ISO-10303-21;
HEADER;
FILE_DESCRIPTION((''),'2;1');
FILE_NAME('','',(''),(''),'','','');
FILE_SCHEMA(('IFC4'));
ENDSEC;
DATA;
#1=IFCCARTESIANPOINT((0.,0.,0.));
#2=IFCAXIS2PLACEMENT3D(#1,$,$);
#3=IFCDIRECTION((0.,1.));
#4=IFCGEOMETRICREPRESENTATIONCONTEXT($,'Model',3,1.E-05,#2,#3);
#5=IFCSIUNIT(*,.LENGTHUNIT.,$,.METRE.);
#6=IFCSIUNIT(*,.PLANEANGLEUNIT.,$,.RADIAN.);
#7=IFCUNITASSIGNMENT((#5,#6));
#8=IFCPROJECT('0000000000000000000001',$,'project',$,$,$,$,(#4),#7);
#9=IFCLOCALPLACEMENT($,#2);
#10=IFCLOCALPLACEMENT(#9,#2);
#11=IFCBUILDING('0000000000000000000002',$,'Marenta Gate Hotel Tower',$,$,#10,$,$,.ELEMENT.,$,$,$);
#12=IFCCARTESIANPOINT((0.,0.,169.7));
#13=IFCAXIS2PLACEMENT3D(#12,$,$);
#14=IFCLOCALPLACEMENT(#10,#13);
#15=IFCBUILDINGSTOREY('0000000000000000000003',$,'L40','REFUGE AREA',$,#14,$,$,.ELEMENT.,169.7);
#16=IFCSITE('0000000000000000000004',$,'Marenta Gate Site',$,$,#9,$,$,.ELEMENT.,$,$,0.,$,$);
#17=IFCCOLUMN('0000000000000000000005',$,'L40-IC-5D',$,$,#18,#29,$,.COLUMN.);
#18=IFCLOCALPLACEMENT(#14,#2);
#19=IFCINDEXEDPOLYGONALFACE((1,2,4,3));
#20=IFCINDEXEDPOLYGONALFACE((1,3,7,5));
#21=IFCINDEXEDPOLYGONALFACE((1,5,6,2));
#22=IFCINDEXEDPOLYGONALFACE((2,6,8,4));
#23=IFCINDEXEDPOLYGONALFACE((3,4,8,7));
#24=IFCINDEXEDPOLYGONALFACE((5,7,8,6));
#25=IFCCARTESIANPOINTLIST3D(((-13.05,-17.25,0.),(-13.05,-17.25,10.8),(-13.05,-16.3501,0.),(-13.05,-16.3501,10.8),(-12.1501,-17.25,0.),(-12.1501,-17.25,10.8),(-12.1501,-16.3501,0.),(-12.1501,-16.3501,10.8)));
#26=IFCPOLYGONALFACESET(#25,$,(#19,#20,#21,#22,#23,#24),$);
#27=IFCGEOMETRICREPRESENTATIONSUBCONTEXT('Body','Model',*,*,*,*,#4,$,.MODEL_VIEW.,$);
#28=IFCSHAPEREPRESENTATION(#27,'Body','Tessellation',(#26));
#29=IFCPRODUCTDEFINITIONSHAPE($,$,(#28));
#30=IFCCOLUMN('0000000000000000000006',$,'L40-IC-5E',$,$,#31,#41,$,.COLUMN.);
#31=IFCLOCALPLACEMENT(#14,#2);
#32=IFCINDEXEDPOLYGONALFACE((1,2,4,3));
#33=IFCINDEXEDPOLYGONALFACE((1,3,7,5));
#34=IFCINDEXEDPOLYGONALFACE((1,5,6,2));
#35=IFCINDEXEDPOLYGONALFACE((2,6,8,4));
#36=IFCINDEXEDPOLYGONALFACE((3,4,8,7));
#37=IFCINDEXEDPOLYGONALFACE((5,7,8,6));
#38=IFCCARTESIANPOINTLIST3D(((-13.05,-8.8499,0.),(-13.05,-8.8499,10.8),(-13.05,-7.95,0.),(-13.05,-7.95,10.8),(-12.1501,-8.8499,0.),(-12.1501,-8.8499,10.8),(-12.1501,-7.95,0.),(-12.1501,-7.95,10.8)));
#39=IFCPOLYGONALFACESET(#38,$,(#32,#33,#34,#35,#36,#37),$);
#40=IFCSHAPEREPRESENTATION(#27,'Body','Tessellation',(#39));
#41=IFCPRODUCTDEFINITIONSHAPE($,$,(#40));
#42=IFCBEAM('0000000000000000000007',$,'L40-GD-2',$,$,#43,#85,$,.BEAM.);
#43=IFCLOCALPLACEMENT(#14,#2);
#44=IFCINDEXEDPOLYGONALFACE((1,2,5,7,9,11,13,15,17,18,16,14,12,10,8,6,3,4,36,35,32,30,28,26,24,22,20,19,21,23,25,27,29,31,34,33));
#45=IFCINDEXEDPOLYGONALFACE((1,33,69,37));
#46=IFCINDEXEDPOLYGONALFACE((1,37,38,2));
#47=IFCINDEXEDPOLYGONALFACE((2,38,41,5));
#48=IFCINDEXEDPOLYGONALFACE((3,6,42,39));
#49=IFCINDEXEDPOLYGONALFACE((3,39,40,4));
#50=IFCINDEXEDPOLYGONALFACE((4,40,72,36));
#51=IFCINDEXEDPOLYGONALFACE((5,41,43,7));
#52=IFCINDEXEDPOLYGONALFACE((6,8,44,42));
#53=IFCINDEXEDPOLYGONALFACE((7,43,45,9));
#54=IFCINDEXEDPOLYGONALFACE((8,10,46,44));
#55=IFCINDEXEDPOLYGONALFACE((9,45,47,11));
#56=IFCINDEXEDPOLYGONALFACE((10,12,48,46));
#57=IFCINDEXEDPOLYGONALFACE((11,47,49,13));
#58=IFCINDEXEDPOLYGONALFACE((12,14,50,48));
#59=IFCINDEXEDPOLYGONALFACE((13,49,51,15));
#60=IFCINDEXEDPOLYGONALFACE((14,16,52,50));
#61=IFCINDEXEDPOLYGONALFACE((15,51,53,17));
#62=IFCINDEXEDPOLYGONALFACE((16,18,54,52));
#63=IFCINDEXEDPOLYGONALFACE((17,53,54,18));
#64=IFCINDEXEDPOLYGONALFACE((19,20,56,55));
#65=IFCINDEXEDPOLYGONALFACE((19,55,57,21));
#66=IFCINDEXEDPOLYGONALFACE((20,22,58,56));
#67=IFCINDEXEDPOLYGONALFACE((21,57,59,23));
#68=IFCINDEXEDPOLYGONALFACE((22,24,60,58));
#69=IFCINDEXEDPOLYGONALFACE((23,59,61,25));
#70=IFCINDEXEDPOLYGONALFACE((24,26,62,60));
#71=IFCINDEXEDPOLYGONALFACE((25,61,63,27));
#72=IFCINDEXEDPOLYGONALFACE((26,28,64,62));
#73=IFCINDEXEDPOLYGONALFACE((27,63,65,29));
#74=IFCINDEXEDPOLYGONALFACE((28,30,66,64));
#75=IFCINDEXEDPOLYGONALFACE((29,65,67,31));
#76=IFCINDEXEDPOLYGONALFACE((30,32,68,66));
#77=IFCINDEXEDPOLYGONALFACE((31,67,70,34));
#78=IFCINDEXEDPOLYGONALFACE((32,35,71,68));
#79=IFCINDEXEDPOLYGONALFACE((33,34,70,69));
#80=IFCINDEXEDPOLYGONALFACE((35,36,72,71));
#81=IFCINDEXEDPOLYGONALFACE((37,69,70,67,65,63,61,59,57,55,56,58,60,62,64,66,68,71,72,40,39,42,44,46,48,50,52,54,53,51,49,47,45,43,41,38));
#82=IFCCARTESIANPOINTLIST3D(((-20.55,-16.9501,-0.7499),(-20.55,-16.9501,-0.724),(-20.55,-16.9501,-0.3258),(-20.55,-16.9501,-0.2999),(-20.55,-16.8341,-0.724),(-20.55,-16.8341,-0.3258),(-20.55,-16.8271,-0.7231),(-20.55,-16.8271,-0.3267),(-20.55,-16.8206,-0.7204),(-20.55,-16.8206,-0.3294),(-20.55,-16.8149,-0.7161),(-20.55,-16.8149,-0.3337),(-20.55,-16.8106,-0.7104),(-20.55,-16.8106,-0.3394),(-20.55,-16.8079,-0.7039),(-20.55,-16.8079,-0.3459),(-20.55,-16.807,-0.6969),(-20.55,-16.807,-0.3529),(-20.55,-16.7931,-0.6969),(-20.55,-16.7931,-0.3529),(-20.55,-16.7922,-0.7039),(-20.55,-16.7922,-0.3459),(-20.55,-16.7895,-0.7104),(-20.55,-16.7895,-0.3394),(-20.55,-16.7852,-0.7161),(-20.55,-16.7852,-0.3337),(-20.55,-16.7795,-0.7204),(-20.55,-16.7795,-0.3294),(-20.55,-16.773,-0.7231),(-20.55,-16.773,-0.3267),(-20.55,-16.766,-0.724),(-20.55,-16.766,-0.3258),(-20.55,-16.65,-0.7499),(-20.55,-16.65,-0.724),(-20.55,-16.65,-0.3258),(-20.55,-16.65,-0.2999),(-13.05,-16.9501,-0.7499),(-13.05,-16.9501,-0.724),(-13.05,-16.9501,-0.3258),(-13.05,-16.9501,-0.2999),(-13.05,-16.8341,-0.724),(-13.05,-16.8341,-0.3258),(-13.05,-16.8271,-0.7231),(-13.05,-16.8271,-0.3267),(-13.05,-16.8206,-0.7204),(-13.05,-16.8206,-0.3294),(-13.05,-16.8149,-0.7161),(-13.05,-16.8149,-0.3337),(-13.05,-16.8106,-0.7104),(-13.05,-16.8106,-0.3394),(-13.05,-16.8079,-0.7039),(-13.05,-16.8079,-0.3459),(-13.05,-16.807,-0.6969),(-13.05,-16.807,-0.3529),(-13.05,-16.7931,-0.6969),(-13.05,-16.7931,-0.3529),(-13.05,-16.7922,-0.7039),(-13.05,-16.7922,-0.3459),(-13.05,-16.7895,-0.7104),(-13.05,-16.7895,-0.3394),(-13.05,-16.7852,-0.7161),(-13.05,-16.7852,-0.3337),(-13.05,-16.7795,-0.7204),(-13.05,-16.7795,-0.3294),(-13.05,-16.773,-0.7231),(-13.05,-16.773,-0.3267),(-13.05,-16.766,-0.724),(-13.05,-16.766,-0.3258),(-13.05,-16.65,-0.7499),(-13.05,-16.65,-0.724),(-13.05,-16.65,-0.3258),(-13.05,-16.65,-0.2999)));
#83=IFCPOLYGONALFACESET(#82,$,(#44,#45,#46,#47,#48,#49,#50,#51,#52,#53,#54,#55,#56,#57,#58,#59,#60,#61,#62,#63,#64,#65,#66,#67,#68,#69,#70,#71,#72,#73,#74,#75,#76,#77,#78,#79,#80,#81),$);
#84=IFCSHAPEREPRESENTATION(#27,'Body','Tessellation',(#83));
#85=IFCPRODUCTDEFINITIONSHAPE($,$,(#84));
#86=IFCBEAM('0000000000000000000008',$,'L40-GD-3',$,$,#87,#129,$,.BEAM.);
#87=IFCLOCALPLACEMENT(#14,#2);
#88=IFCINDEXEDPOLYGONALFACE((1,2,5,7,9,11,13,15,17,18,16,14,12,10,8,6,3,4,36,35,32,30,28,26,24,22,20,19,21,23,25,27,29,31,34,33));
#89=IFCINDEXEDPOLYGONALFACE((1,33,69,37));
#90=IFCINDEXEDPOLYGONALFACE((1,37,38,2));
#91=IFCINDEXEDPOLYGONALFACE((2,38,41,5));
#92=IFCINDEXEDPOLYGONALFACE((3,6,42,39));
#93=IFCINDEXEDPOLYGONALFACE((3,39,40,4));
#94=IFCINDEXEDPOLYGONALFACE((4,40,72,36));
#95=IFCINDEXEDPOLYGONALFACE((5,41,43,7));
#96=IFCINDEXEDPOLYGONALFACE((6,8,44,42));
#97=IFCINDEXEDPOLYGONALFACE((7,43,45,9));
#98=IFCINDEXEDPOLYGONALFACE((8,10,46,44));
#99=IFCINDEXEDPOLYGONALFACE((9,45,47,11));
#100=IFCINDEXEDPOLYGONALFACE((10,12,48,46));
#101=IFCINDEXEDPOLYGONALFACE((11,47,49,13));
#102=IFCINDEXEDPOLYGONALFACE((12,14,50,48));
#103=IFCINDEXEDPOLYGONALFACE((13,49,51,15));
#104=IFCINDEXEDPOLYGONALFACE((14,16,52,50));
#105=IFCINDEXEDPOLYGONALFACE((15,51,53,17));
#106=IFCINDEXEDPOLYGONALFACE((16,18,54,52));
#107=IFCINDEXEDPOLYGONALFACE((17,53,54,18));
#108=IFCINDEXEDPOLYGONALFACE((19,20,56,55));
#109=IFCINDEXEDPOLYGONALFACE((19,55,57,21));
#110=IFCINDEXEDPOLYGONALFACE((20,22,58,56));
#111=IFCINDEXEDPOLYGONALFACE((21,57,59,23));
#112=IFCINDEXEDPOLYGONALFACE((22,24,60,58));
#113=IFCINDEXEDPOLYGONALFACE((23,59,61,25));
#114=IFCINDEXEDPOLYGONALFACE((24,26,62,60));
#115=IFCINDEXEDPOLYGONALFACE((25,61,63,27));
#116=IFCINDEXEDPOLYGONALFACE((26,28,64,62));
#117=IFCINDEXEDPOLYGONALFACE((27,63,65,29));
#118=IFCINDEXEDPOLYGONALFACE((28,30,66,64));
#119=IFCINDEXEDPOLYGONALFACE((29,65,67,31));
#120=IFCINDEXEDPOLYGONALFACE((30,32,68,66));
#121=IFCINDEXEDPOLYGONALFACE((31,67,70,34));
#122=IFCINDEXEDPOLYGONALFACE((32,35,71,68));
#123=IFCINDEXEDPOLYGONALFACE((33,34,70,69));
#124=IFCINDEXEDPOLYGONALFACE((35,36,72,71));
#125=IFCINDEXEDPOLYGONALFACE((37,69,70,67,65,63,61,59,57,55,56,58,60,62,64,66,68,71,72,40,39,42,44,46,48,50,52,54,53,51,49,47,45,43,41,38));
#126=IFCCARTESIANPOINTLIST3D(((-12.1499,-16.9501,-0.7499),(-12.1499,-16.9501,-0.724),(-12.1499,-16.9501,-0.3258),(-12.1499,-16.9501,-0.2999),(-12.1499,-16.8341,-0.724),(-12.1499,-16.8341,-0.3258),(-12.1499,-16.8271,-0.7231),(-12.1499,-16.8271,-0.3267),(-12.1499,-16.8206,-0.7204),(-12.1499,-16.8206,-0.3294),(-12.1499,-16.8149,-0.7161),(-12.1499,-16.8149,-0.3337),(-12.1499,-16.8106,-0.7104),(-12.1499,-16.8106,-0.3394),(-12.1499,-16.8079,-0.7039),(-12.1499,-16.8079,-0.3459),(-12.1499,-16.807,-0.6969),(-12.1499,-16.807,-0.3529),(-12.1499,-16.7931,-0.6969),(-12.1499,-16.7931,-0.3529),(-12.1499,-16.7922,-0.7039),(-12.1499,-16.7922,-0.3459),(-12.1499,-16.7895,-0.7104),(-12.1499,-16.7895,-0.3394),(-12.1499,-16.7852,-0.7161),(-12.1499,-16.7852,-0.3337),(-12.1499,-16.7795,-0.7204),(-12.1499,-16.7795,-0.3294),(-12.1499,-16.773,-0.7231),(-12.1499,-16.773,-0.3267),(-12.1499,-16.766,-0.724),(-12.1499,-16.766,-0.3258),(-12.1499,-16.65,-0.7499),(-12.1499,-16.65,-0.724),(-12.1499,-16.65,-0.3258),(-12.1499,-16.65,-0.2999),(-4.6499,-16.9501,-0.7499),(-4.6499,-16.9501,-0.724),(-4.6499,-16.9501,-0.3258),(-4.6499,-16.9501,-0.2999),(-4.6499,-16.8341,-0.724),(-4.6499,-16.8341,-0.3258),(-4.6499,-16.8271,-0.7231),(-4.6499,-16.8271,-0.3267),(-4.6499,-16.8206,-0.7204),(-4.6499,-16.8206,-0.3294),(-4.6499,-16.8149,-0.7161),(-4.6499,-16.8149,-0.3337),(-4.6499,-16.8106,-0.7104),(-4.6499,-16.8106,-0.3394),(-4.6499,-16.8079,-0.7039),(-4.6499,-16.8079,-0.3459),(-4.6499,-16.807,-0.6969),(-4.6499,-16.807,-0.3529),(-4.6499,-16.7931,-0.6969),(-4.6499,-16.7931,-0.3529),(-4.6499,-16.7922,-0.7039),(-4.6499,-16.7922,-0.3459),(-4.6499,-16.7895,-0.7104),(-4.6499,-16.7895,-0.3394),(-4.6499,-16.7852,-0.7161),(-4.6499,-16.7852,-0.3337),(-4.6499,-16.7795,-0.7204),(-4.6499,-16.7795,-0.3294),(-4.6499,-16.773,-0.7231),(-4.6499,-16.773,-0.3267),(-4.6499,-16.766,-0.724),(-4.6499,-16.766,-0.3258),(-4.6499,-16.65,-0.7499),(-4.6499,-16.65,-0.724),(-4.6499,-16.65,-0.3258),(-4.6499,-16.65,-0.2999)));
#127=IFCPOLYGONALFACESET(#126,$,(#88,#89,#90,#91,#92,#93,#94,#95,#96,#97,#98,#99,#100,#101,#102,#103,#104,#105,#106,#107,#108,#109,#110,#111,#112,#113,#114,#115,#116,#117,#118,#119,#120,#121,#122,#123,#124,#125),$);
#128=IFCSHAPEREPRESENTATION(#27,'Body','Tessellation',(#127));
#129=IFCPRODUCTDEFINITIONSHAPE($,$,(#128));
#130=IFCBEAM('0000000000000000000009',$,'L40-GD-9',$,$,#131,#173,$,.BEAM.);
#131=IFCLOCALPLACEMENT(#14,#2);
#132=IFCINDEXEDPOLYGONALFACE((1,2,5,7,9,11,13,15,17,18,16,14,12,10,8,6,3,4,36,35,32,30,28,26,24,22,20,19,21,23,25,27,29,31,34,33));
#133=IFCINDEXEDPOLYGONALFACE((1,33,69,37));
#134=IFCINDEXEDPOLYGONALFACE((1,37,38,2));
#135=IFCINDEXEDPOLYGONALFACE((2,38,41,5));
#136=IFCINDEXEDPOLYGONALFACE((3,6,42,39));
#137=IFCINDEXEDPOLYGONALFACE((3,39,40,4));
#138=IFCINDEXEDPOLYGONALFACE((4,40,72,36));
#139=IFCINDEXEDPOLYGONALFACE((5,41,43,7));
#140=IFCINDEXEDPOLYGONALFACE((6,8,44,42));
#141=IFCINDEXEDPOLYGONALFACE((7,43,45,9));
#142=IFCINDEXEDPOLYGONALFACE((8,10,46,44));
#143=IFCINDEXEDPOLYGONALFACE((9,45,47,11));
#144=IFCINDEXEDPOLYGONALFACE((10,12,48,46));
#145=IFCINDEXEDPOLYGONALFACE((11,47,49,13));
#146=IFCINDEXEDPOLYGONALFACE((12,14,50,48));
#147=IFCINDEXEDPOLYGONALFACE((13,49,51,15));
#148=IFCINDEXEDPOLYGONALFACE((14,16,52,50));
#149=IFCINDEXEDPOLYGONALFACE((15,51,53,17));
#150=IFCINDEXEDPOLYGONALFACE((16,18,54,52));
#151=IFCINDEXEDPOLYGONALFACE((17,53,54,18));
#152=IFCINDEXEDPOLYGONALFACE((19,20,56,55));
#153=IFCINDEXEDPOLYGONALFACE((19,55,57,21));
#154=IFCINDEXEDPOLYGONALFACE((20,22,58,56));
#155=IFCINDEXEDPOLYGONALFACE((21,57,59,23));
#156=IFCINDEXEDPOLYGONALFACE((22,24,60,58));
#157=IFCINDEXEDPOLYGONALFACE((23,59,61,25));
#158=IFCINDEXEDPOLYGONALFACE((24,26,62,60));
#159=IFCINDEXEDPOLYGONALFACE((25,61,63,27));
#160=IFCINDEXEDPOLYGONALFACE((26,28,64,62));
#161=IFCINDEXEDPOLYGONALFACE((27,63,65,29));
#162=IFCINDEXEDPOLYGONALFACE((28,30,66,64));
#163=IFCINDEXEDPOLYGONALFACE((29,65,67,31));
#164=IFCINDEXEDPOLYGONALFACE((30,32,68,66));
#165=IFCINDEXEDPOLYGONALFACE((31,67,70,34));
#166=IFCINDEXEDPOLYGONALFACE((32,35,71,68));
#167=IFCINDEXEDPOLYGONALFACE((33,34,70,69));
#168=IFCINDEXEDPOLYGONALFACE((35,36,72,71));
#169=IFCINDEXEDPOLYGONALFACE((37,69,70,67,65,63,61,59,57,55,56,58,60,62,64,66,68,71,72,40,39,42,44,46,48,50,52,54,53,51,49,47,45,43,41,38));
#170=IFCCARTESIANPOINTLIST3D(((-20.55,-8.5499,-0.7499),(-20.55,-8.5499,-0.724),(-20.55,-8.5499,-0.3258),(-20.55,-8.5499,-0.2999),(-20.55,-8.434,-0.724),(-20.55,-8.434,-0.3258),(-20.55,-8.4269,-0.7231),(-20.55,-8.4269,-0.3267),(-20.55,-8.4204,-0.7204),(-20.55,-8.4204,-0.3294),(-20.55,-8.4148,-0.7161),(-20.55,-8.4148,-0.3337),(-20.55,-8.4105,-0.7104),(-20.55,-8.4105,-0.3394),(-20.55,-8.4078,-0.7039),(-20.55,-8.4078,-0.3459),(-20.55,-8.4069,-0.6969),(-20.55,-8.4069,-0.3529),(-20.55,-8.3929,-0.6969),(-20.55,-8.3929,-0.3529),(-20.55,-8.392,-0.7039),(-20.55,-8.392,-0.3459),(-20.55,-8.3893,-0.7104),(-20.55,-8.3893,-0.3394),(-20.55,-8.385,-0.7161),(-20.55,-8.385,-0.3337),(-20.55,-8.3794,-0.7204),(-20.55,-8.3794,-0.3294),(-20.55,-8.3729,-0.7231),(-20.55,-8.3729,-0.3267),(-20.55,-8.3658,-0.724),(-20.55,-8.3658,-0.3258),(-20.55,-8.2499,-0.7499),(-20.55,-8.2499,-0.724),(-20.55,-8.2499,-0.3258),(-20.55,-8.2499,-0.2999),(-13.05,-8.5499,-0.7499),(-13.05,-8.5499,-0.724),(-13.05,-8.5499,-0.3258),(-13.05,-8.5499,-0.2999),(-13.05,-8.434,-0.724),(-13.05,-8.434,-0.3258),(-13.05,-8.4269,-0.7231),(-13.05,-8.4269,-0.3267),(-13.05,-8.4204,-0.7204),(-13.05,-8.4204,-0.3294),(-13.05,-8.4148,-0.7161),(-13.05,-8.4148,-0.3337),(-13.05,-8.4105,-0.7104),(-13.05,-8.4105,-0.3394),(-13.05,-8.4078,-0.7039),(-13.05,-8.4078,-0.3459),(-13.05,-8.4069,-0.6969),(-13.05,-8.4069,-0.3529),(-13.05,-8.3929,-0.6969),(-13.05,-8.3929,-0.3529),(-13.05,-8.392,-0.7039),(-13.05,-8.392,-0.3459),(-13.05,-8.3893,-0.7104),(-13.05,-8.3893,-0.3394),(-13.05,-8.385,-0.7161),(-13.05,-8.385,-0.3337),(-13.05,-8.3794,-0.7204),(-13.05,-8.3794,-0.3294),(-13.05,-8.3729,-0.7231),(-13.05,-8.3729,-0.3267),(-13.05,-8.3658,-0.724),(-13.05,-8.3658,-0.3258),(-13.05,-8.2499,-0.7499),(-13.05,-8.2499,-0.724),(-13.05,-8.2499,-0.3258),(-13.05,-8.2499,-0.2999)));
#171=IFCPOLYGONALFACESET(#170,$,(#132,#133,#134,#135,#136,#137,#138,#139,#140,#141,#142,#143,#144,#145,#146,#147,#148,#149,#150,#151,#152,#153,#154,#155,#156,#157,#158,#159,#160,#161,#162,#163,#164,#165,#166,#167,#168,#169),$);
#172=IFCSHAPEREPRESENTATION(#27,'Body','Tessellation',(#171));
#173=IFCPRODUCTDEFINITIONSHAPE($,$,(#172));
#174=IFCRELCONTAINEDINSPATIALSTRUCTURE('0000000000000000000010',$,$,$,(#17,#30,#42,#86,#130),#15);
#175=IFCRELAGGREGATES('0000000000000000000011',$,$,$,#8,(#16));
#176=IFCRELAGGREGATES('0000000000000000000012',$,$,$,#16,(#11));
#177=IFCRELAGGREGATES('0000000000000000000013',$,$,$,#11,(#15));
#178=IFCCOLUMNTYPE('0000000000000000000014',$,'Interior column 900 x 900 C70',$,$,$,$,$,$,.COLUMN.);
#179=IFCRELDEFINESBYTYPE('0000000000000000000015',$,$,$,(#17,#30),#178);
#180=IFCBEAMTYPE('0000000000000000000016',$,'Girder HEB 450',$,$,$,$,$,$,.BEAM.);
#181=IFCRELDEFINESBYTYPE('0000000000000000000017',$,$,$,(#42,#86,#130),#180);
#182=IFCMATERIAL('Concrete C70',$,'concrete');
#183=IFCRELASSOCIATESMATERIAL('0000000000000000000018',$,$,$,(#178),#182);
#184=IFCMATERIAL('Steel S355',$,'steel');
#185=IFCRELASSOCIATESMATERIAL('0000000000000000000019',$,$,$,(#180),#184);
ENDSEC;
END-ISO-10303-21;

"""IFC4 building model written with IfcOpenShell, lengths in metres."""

from ifc_helpers import new_model, si_unit, direction, frame, origin, origin_2d, place, context, subcontext, project, spatial, rectangle, i_section, extrude, material, material_profile, profile_set, type_object, element, save


model = new_model("IFC4")

# Units and contexts
model_context = context("Model", 3, precision=1e-05, world=origin(), true_north=direction((0.0, 1.0)))
body_context = subcontext(model_context, "Body", "Model", "MODEL_VIEW")
ifc_project = project(units=[si_unit("LENGTHUNIT", "METRE"), si_unit("PLANEANGLEUNIT", "RADIAN")], contexts=[model_context])

# Site, building, storey
site_placement = place(None, origin())
site = spatial("IfcSite", under=ifc_project, at=site_placement, Name="Marenta Gate Site", CompositionType="ELEMENT", RefElevation=0.0)
building_placement = place(site_placement, origin())
building = spatial("IfcBuilding", under=site, at=building_placement, Name="Marenta Gate Hotel Tower", CompositionType="ELEMENT")
storey_placement = place(building_placement, frame((0.0, 0.0, 169.7)))
storey = spatial("IfcBuildingStorey", under=building, at=storey_placement, Name="L40", Description="REFUGE AREA", CompositionType="ELEMENT", Elevation=169.7)

# Columns
ifc_material_1 = material(Name="Concrete C70", Category="concrete")
ifc_material_profile_1 = material_profile(ifc_material_1, rectangle(XDim=0.8999, YDim=0.8999, at=origin_2d()), Name="900 x 900")
ifc_profile_set_1 = profile_set([ifc_material_profile_1], Name="Concrete C70")
column_type = type_object("IfcColumnType", Name="Interior column 900 x 900 C70", PredefinedType="COLUMN", material=ifc_profile_set_1)
for number, where, z_axis, x_axis, name in (
    (1, (-12.6001, -16.8, 0.0), (0.0, 0.0, 1.0), (1.0, 0.0, 0.0), "L40-IC-5D"),
    (2, (-12.6001, -8.3999, 0.0), (0.0, 0.0, 1.0), (1.0, 0.0, 0.0), "L40-IC-5E"),
):
    element("IfcColumn", number, at=place(storey_placement, frame(where, z_axis=z_axis, x_axis=x_axis)), inside=storey, type_object=column_type, Name=name, PredefinedType="COLUMN", context=body_context, shape_type="SweptSolid", body=[
        extrude(rectangle(XDim=0.8999, YDim=0.8999, at=origin_2d()), origin(), (0.0, 0.0, 1.0), 10.8),
    ])

# Beams
ifc_material_2 = material(Name="Steel S355", Category="steel")
ifc_material_profile_2 = material_profile(ifc_material_2, i_section(OverallWidth=0.3, OverallDepth=0.45, WebThickness=0.0139, FlangeThickness=0.0259, FilletRadius=0.0271, at=origin_2d()), Name="HEB 450")
ifc_profile_set_2 = profile_set([ifc_material_profile_2], Name="Steel S355")
beam_type_1 = type_object("IfcBeamType", Name="Girder HEB 450", PredefinedType="BEAM", material=ifc_profile_set_2)
for number, where, z_axis, x_axis, name in (
    (3, (-20.55, -16.8, -0.5249), (1.0, 0.0, 0.0), (0.0, 1.0, 0.0), "L40-GD-2"),
    (4, (-12.1499, -16.8, -0.5249), (1.0, 0.0, 0.0), (0.0, 1.0, 0.0), "L40-GD-3"),
    (5, (-20.55, -8.3999, -0.5249), (1.0, 0.0, 0.0), (0.0, 1.0, 0.0), "L40-GD-9"),
):
    element("IfcBeam", number, at=place(storey_placement, frame(where, z_axis=z_axis, x_axis=x_axis)), inside=storey, type_object=beam_type_1, Name=name, PredefinedType="BEAM", context=body_context, shape_type="SweptSolid", body=[
        extrude(i_section(OverallWidth=0.3, OverallDepth=0.45, WebThickness=0.0139, FlangeThickness=0.0259, FilletRadius=0.0271, at=origin_2d()), origin(), (0.0, 0.0, 1.0), 7.5),
    ])

save(model, "model.ifc")
